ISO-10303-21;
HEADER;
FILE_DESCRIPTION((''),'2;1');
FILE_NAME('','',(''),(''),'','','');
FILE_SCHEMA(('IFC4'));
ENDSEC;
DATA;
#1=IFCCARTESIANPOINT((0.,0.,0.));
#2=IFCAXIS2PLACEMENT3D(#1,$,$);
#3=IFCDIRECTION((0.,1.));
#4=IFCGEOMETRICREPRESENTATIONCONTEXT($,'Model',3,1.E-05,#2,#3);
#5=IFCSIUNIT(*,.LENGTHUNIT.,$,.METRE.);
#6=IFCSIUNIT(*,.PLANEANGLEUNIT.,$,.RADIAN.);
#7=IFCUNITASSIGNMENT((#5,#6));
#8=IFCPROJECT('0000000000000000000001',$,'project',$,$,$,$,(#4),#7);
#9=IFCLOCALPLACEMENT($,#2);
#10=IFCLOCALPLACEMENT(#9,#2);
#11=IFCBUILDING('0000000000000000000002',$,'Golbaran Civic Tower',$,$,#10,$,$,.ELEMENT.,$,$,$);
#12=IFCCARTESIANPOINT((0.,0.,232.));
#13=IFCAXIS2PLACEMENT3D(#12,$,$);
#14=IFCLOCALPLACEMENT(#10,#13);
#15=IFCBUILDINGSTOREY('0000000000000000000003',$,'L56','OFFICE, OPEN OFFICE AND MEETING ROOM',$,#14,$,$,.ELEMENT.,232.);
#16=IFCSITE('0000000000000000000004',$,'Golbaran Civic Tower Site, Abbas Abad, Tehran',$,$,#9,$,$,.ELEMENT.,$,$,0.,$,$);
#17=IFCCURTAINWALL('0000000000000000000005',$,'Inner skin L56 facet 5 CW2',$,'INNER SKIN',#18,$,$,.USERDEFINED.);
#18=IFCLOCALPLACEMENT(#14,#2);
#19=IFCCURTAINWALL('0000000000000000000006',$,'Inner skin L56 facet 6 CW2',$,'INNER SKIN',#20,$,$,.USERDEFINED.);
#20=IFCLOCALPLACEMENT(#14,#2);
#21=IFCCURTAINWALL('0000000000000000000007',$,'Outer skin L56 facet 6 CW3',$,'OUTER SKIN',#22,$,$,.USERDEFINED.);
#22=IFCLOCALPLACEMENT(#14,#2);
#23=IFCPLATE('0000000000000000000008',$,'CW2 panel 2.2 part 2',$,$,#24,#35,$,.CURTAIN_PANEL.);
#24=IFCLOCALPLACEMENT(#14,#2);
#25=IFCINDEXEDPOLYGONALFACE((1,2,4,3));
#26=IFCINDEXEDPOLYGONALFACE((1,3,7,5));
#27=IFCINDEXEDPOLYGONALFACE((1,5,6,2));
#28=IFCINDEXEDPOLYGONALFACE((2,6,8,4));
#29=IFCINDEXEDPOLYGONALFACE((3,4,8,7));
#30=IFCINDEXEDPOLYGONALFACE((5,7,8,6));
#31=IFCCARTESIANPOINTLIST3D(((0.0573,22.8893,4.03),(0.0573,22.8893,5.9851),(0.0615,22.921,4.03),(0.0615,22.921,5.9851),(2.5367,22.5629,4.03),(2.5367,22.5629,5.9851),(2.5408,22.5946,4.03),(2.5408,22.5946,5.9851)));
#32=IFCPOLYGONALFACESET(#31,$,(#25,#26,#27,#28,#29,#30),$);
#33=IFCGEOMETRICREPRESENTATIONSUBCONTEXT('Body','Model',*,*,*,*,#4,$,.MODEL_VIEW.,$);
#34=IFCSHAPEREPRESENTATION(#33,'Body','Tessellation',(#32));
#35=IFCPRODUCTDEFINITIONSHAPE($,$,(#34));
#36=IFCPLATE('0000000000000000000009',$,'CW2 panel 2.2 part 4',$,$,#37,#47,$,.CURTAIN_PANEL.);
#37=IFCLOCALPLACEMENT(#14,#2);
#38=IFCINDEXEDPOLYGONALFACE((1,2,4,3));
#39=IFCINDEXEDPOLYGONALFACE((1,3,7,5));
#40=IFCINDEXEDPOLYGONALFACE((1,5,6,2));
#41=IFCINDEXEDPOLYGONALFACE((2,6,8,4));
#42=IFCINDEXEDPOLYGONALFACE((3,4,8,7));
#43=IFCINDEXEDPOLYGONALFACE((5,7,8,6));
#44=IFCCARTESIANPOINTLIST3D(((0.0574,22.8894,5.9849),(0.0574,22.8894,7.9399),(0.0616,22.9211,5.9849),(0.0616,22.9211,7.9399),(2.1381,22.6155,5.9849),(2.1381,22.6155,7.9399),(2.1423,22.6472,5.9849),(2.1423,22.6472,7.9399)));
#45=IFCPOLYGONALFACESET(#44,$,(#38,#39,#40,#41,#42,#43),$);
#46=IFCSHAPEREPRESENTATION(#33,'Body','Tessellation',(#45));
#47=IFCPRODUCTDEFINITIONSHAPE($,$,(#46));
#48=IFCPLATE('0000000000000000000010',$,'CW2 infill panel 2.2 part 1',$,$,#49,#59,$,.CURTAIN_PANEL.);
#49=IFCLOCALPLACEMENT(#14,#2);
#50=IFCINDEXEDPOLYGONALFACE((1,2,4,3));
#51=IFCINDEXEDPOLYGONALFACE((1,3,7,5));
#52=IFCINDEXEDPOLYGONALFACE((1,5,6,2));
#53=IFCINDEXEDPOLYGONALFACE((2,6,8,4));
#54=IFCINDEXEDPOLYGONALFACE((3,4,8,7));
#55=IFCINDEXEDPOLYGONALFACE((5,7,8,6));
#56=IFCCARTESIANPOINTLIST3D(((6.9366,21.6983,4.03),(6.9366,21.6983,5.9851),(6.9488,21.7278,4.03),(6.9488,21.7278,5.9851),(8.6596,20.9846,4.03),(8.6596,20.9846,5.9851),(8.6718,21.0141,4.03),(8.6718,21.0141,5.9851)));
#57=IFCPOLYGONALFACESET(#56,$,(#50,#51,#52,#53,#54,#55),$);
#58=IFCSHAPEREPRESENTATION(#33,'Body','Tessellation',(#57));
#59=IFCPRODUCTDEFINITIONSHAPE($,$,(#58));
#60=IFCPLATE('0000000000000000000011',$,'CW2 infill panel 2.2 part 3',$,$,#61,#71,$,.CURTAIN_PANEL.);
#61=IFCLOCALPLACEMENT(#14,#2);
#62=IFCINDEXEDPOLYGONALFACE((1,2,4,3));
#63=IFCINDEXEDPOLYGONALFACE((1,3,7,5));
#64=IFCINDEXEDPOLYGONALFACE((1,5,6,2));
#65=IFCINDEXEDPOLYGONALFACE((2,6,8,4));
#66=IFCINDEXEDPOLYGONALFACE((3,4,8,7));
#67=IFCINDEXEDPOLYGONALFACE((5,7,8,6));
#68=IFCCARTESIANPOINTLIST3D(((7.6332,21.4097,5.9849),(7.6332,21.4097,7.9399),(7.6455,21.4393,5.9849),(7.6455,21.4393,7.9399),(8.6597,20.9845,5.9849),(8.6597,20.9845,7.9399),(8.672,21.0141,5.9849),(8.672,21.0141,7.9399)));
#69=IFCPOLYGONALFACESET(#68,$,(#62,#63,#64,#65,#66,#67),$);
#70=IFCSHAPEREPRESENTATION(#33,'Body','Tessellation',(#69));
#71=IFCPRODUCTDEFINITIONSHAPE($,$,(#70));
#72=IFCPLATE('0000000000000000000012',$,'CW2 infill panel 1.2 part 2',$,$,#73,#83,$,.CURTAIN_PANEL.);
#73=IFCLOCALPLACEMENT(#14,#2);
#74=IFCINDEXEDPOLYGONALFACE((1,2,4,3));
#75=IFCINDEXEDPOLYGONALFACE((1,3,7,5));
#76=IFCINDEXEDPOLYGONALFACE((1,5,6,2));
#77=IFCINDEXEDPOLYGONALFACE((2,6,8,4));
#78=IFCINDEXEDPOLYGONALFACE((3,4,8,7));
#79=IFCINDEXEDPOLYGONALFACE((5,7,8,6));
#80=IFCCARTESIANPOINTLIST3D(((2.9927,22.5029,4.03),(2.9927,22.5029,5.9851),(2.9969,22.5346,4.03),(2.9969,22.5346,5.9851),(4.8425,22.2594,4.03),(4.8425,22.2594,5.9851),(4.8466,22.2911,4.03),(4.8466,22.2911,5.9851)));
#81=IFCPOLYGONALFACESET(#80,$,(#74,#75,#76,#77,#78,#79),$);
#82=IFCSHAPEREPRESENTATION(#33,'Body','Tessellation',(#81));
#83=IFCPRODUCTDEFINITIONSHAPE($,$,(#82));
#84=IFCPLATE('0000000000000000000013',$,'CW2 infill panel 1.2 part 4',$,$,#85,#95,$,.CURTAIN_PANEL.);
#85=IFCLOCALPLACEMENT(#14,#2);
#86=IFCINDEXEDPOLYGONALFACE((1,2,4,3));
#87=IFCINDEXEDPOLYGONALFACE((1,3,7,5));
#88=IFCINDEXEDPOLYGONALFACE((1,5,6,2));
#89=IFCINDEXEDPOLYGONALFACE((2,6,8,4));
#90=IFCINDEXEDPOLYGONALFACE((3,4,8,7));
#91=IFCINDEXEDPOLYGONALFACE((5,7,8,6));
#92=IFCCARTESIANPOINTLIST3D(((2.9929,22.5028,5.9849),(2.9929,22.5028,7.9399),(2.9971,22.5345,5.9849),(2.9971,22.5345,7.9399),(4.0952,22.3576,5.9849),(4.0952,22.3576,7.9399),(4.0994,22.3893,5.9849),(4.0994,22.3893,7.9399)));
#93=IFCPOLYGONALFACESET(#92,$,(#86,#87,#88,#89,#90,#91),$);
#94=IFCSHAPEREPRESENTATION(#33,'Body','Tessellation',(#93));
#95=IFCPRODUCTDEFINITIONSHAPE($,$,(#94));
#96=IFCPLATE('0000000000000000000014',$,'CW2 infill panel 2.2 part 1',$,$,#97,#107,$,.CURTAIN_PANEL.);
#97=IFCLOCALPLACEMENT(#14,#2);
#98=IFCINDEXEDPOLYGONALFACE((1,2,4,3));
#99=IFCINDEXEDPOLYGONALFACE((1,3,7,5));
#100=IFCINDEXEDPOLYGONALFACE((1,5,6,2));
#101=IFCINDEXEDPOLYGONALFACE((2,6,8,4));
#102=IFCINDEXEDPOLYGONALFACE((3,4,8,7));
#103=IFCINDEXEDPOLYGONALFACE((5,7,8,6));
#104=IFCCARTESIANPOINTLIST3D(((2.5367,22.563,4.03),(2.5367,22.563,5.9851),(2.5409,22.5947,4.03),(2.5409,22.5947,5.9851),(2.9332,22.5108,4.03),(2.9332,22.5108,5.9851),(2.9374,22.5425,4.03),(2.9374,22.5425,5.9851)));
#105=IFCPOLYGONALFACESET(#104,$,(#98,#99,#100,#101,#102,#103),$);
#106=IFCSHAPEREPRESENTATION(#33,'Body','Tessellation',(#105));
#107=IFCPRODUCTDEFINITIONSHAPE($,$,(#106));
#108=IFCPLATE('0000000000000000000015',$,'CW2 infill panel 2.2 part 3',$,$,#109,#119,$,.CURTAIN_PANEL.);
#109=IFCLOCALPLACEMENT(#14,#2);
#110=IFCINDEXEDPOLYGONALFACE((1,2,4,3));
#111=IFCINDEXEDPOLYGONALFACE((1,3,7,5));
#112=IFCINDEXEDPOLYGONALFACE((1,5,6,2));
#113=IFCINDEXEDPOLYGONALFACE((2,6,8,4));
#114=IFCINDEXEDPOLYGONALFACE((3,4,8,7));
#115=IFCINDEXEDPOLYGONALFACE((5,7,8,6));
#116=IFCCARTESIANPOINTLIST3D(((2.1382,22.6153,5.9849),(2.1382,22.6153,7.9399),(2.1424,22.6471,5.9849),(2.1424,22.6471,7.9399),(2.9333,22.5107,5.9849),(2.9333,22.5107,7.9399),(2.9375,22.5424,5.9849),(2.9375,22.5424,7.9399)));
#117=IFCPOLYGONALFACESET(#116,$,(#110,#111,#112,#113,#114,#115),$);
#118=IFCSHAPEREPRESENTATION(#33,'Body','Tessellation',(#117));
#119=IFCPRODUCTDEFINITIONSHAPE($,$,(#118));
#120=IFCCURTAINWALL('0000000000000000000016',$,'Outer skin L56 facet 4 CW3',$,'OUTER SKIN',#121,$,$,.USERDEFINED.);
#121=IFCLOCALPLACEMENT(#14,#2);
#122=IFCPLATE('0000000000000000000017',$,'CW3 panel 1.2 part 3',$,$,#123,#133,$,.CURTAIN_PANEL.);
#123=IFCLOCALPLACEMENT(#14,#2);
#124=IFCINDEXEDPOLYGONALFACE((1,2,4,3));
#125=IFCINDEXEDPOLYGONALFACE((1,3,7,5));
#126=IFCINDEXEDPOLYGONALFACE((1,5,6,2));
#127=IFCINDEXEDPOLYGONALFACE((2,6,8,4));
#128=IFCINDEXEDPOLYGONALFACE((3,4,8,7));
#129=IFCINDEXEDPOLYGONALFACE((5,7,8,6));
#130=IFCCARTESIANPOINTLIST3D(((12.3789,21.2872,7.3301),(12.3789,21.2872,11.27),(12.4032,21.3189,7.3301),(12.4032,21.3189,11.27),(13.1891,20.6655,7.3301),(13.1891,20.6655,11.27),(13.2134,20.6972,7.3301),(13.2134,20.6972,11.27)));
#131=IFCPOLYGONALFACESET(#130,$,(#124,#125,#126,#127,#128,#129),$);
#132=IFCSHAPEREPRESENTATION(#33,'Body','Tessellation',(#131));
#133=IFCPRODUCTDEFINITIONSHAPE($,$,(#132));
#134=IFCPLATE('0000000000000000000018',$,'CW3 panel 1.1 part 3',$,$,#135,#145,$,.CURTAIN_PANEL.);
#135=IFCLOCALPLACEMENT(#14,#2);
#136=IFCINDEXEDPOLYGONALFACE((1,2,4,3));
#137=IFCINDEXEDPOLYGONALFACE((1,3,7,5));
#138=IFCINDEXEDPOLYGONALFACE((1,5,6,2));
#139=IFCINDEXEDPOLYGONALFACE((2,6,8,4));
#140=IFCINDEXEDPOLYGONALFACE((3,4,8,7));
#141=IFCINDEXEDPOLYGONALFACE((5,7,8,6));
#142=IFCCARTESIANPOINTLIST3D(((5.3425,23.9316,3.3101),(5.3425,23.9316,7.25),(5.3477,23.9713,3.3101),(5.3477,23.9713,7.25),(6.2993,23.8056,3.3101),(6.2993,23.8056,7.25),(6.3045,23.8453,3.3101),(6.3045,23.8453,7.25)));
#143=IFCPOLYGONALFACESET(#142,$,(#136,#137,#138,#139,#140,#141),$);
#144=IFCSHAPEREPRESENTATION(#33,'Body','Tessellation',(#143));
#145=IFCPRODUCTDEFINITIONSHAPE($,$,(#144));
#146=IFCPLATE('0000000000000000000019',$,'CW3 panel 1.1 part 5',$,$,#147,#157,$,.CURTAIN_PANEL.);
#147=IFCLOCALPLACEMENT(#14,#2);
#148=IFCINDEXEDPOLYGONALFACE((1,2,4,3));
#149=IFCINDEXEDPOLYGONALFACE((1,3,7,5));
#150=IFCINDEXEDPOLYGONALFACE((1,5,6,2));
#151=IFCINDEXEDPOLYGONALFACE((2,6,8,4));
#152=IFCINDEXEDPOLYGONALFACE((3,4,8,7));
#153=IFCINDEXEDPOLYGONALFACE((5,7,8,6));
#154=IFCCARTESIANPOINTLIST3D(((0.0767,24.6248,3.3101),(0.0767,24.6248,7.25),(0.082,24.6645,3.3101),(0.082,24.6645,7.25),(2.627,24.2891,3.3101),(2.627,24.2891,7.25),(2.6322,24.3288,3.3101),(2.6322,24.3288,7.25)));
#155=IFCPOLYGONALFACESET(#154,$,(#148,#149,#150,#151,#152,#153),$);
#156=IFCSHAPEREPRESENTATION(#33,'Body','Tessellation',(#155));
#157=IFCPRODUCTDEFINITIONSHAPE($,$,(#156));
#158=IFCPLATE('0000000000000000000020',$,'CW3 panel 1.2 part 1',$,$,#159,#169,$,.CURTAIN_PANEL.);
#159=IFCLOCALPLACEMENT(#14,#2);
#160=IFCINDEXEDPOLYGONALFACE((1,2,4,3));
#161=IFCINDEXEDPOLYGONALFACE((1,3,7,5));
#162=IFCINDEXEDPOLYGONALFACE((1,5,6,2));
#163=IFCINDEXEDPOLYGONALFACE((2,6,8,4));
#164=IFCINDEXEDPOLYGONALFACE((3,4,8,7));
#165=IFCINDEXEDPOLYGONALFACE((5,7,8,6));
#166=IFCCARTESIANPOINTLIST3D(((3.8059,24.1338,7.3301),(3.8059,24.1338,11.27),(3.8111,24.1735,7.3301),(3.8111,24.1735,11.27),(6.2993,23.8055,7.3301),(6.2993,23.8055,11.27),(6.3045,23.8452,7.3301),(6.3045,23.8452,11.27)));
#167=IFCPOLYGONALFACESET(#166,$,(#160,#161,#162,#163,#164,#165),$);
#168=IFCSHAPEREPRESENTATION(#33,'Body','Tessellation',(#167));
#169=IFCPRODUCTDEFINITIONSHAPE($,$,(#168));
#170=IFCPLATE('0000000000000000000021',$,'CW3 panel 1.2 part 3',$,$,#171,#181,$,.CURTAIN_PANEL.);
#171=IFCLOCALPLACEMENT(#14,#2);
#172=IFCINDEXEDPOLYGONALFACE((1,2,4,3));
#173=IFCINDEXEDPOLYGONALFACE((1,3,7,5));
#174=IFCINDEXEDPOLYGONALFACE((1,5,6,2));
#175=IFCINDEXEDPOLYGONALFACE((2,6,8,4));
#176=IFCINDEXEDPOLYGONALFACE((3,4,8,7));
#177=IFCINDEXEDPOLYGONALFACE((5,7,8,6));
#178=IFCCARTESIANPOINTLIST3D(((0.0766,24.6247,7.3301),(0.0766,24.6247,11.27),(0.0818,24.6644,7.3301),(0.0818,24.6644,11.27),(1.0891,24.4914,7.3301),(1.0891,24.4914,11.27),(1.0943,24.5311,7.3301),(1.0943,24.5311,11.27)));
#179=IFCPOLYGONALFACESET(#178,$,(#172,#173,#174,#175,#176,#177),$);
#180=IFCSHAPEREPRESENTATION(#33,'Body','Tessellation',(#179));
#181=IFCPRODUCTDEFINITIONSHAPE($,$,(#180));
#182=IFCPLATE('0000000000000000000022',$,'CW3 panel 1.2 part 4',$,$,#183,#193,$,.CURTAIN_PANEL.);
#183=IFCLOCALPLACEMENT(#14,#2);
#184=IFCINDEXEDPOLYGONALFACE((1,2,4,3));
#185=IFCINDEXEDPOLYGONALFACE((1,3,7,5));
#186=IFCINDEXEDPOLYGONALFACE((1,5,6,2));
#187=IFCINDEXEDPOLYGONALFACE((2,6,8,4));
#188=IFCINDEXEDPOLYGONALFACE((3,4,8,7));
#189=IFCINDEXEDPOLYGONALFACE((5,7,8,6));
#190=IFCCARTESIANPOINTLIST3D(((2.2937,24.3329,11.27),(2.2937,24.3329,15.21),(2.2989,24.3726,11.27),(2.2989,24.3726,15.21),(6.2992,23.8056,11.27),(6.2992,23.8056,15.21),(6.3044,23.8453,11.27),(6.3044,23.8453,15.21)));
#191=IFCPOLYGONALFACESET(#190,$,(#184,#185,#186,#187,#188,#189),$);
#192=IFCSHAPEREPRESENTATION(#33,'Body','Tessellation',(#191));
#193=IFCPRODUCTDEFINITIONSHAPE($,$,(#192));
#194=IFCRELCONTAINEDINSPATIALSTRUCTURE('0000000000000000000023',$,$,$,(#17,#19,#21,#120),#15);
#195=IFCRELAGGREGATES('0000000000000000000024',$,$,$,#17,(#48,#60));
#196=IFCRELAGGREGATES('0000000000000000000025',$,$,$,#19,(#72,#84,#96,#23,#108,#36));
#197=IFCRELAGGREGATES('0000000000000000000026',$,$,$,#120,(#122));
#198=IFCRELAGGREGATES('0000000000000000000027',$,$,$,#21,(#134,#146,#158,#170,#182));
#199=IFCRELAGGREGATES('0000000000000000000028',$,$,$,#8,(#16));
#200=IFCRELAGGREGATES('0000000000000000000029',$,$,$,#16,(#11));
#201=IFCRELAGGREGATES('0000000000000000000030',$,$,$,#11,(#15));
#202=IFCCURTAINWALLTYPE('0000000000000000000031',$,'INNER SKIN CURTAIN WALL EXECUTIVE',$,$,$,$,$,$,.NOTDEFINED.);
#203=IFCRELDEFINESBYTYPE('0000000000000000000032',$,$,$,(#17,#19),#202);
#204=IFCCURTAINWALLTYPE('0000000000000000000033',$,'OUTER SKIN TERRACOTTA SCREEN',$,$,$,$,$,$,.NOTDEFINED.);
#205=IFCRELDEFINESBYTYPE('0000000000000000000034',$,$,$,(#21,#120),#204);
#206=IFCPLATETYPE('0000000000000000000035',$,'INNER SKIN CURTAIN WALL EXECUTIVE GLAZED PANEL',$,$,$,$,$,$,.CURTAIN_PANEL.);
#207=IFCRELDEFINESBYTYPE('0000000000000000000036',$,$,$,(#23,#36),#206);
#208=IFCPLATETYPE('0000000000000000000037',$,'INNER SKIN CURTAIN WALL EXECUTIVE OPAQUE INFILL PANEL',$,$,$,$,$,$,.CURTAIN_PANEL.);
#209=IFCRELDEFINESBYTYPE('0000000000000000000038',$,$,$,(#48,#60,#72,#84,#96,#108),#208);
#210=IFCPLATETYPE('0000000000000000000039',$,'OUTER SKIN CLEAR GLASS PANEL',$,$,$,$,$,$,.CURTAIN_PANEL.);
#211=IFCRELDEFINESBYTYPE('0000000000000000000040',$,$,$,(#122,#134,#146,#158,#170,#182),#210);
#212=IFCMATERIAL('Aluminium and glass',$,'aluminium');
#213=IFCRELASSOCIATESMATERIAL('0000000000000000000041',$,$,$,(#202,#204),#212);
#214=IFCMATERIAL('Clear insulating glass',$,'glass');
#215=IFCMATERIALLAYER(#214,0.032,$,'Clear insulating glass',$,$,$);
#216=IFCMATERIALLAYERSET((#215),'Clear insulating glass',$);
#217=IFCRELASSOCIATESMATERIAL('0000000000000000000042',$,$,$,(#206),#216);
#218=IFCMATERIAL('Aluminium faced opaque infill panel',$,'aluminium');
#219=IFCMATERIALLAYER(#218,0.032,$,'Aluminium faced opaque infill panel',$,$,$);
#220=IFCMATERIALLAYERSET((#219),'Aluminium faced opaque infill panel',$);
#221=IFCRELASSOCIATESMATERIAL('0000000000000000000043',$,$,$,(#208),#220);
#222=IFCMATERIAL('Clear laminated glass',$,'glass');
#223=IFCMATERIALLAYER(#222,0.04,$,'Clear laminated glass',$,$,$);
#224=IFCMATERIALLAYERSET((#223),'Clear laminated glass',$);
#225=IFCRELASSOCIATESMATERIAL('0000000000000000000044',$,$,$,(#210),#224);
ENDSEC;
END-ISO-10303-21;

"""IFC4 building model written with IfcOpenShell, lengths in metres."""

from ifc_helpers import new_model, si_unit, direction, frame, origin, origin_2d, place, context, subcontext, project, spatial, rectangle, extrude, material, layer, layer_set, type_object, element, aggregate, save


model = new_model("IFC4")

# Units and contexts
model_context = context("Model", 3, precision=1e-05, world=origin(), true_north=direction((0.0, 1.0)))
body_context = subcontext(model_context, "Body", "Model", "MODEL_VIEW")
ifc_project = project(units=[si_unit("LENGTHUNIT", "METRE"), si_unit("PLANEANGLEUNIT", "RADIAN")], contexts=[model_context])

# Site, building, storey
site_placement = place(None, origin())
site = spatial("IfcSite", under=ifc_project, at=site_placement, Name="Golbaran Civic Tower Site, Abbas Abad, Tehran", CompositionType="ELEMENT", RefElevation=0.0)
building_placement = place(site_placement, origin())
building = spatial("IfcBuilding", under=site, at=building_placement, Name="Golbaran Civic Tower", CompositionType="ELEMENT")
storey_placement = place(building_placement, frame((0.0, 0.0, 232.0)))
storey = spatial("IfcBuildingStorey", under=building, at=storey_placement, Name="L56", Description="OFFICE, OPEN OFFICE AND MEETING ROOM", CompositionType="ELEMENT", Elevation=232.0)

# Curtain walls
ifc_material_1 = material(Name="Aluminium and glass", Category="aluminium")
curtain_wall_type_1 = type_object("IfcCurtainWallType", Name="INNER SKIN CURTAIN WALL EXECUTIVE", PredefinedType="NOTDEFINED", material=ifc_material_1)
curtain_wall_1_placement = place(storey_placement, origin())
curtain_wall_1 = element("IfcCurtainWall", 1, at=curtain_wall_1_placement, inside=storey, type_object=curtain_wall_type_1, Name="Inner skin L56 facet 5 CW2", ObjectType="INNER SKIN", PredefinedType="USERDEFINED")
curtain_wall_2_placement = place(storey_placement, origin())
curtain_wall_2 = element("IfcCurtainWall", 2, at=curtain_wall_2_placement, inside=storey, type_object=curtain_wall_type_1, Name="Inner skin L56 facet 6 CW2", ObjectType="INNER SKIN", PredefinedType="USERDEFINED")
curtain_wall_type_2 = type_object("IfcCurtainWallType", Name="OUTER SKIN TERRACOTTA SCREEN", PredefinedType="NOTDEFINED", material=ifc_material_1)
curtain_wall_3_placement = place(storey_placement, origin())
curtain_wall_3 = element("IfcCurtainWall", 3, at=curtain_wall_3_placement, inside=storey, type_object=curtain_wall_type_2, Name="Outer skin L56 facet 6 CW3", ObjectType="OUTER SKIN", PredefinedType="USERDEFINED")

# Plates
ifc_material_2 = material(Name="Clear insulating glass", Category="glass")
ifc_layer_1 = layer(ifc_material_2, 0.032, Name="Clear insulating glass")
ifc_layer_set_1 = layer_set([ifc_layer_1], Name="Clear insulating glass")
plate_type_1 = type_object("IfcPlateType", Name="INNER SKIN CURTAIN WALL EXECUTIVE GLAZED PANEL", PredefinedType="CURTAIN_PANEL", material=ifc_layer_set_1)
plate_1_placement = place(storey_placement, frame((1.2991, 22.7419, 4.03), z_axis=(0.0, 0.0, 1.0), x_axis=(-0.991445, 0.130526, 0.0)))
plate_1 = element("IfcPlate", 4, at=plate_1_placement, type_object=plate_type_1, Name="CW2 panel 2.2 part 2", PredefinedType="CURTAIN_PANEL", context=body_context, shape_type="SweptSolid", body=[
    extrude(rectangle(XDim=2.5007, YDim=0.032, at=origin_2d()), origin(), (0.0, 0.0, 1.0), 1.9551),
])
plate_2_placement = place(storey_placement, frame((1.0999, 22.7683, 5.9849), z_axis=(0.0, 0.0, 1.0), x_axis=(-0.991445, 0.130526, 0.0)))
plate_2 = element("IfcPlate", 5, at=plate_2_placement, type_object=plate_type_1, Name="CW2 panel 2.2 part 4", PredefinedType="CURTAIN_PANEL", context=body_context, shape_type="SweptSolid", body=[
    extrude(rectangle(XDim=2.0986, YDim=0.032, at=origin_2d()), origin(), (0.0, 0.0, 1.0), 1.9551),
])
ifc_material_3 = material(Name="Aluminium faced opaque infill panel", Category="aluminium")
ifc_layer_2 = layer(ifc_material_3, 0.032, Name="Aluminium faced opaque infill panel")
ifc_layer_set_2 = layer_set([ifc_layer_2], Name="Aluminium faced opaque infill panel")
plate_type_2 = type_object("IfcPlateType", Name="INNER SKIN CURTAIN WALL EXECUTIVE OPAQUE INFILL PANEL", PredefinedType="CURTAIN_PANEL", material=ifc_layer_set_2)
plate_3_placement = place(storey_placement, frame((7.8042, 21.3562, 4.03), z_axis=(0.0, 0.0, 1.0), x_axis=(-0.92388, 0.382683, 0.0)))
plate_3 = element("IfcPlate", 6, at=plate_3_placement, type_object=plate_type_2, Name="CW2 infill panel 2.2 part 1", PredefinedType="CURTAIN_PANEL", context=body_context, shape_type="SweptSolid", body=[
    extrude(rectangle(XDim=1.865, YDim=0.032, at=origin_2d()), origin(), (0.0, 0.0, 1.0), 1.9551),
])
plate_4_placement = place(storey_placement, frame((8.1526, 21.2119, 5.9849), z_axis=(0.0, 0.0, 1.0), x_axis=(-0.92388, 0.382683, 0.0)))
plate_4 = element("IfcPlate", 7, at=plate_4_placement, type_object=plate_type_2, Name="CW2 infill panel 2.2 part 3", PredefinedType="CURTAIN_PANEL", context=body_context, shape_type="SweptSolid", body=[
    extrude(rectangle(XDim=1.1111, YDim=0.032, at=origin_2d()), origin(), (0.0, 0.0, 1.0), 1.9551),
])
aggregate(curtain_wall_1, [plate_3, plate_4])
plate_5_placement = place(storey_placement, frame((3.9197, 22.397, 4.03), z_axis=(0.0, 0.0, 1.0), x_axis=(-0.991445, 0.130526, 0.0)))
plate_5 = element("IfcPlate", 8, at=plate_5_placement, type_object=plate_type_2, Name="CW2 infill panel 1.2 part 2", PredefinedType="CURTAIN_PANEL", context=body_context, shape_type="SweptSolid", body=[
    extrude(rectangle(XDim=1.8657, YDim=0.032, at=origin_2d()), origin(), (0.0, 0.0, 1.0), 1.9551),
])
plate_6_placement = place(storey_placement, frame((3.5461, 22.446, 5.9849), z_axis=(0.0, 0.0, 1.0), x_axis=(-0.991445, 0.130526, 0.0)))
plate_6 = element("IfcPlate", 9, at=plate_6_placement, type_object=plate_type_2, Name="CW2 infill panel 1.2 part 4", PredefinedType="CURTAIN_PANEL", context=body_context, shape_type="SweptSolid", body=[
    extrude(rectangle(XDim=1.1118, YDim=0.032, at=origin_2d()), origin(), (0.0, 0.0, 1.0), 1.9551),
])
plate_7_placement = place(storey_placement, frame((2.7371, 22.5527, 4.03), z_axis=(0.0, 0.0, 1.0), x_axis=(-0.991445, 0.130526, 0.0)))
plate_7 = element("IfcPlate", 10, at=plate_7_placement, type_object=plate_type_2, Name="CW2 infill panel 2.2 part 1", PredefinedType="CURTAIN_PANEL", context=body_context, shape_type="SweptSolid", body=[
    extrude(rectangle(XDim=0.3999, YDim=0.032, at=origin_2d()), origin(), (0.0, 0.0, 1.0), 1.9551),
])
plate_8_placement = place(storey_placement, frame((2.5378, 22.5789, 5.9849), z_axis=(0.0, 0.0, 1.0), x_axis=(-0.991445, 0.130526, 0.0)))
plate_8 = element("IfcPlate", 11, at=plate_8_placement, type_object=plate_type_2, Name="CW2 infill panel 2.2 part 3", PredefinedType="CURTAIN_PANEL", context=body_context, shape_type="SweptSolid", body=[
    extrude(rectangle(XDim=0.802, YDim=0.032, at=origin_2d()), origin(), (0.0, 0.0, 1.0), 1.9551),
])
aggregate(curtain_wall_2, [plate_5, plate_6, plate_7, plate_1, plate_8, plate_2])

# Curtain wall, plate
curtain_wall_4_placement = place(storey_placement, origin())
curtain_wall_4 = element("IfcCurtainWall", 12, at=curtain_wall_4_placement, inside=storey, type_object=curtain_wall_type_2, Name="Outer skin L56 facet 4 CW3", ObjectType="OUTER SKIN", PredefinedType="USERDEFINED")
ifc_material_4 = material(Name="Clear laminated glass", Category="glass")
ifc_layer_3 = layer(ifc_material_4, 0.04, Name="Clear laminated glass")
ifc_layer_set_3 = layer_set([ifc_layer_3], Name="Clear laminated glass")
plate_type_3 = type_object("IfcPlateType", Name="OUTER SKIN CLEAR GLASS PANEL", PredefinedType="CURTAIN_PANEL", material=ifc_layer_set_3)
plate_9_placement = place(storey_placement, frame((12.7961, 20.9922, 7.3301), z_axis=(0.0, 0.0, 1.0), x_axis=(-0.793353, 0.608761, 0.0)))
plate_9 = element("IfcPlate", 13, at=plate_9_placement, type_object=plate_type_3, Name="CW3 panel 1.2 part 3", PredefinedType="CURTAIN_PANEL", context=body_context, shape_type="SweptSolid", body=[
    extrude(rectangle(XDim=1.0212, YDim=0.04, at=origin_2d()), origin(), (0.0, 0.0, 1.0), 3.9399),
])
aggregate(curtain_wall_4, [plate_9])

# Plates
plate_10_placement = place(storey_placement, frame((5.8235, 23.8884, 3.3101), z_axis=(0.0, 0.0, 1.0), x_axis=(-0.991445, 0.130526, 0.0)))
plate_10 = element("IfcPlate", 14, at=plate_10_placement, type_object=plate_type_3, Name="CW3 panel 1.1 part 3", PredefinedType="CURTAIN_PANEL", context=body_context, shape_type="SweptSolid", body=[
    extrude(rectangle(XDim=0.9651, YDim=0.04, at=origin_2d()), origin(), (0.0, 0.0, 1.0), 3.9399),
])
plate_11_placement = place(storey_placement, frame((1.3545, 24.4768, 3.3101), z_axis=(0.0, 0.0, 1.0), x_axis=(-0.991445, 0.130526, 0.0)))
plate_11 = element("IfcPlate", 15, at=plate_11_placement, type_object=plate_type_3, Name="CW3 panel 1.1 part 5", PredefinedType="CURTAIN_PANEL", context=body_context, shape_type="SweptSolid", body=[
    extrude(rectangle(XDim=2.5723, YDim=0.04, at=origin_2d()), origin(), (0.0, 0.0, 1.0), 3.9399),
])
plate_12_placement = place(storey_placement, frame((5.0552, 23.9895, 7.3301), z_axis=(0.0, 0.0, 1.0), x_axis=(-0.991445, 0.130526, 0.0)))
plate_12 = element("IfcPlate", 16, at=plate_12_placement, type_object=plate_type_3, Name="CW3 panel 1.2 part 1", PredefinedType="CURTAIN_PANEL", context=body_context, shape_type="SweptSolid", body=[
    extrude(rectangle(XDim=2.5149, YDim=0.04, at=origin_2d()), origin(), (0.0, 0.0, 1.0), 3.9399),
])
plate_13_placement = place(storey_placement, frame((0.5854, 24.5779, 7.3301), z_axis=(0.0, 0.0, 1.0), x_axis=(-0.991445, 0.130526, 0.0)))
plate_13 = element("IfcPlate", 17, at=plate_13_placement, type_object=plate_type_3, Name="CW3 panel 1.2 part 3", PredefinedType="CURTAIN_PANEL", context=body_context, shape_type="SweptSolid", body=[
    extrude(rectangle(XDim=1.0212, YDim=0.04, at=origin_2d()), origin(), (0.0, 0.0, 1.0), 3.9399),
])
plate_14_placement = place(storey_placement, frame((4.2991, 24.0891, 11.27), z_axis=(0.0, 0.0, 1.0), x_axis=(-0.991445, 0.130526, 0.0)))
plate_14 = element("IfcPlate", 18, at=plate_14_placement, type_object=plate_type_3, Name="CW3 panel 1.2 part 4", PredefinedType="CURTAIN_PANEL", context=body_context, shape_type="SweptSolid", body=[
    extrude(rectangle(XDim=4.04, YDim=0.04, at=origin_2d()), origin(), (0.0, 0.0, 1.0), 3.9399),
])
aggregate(curtain_wall_3, [plate_10, plate_11, plate_12, plate_13, plate_14])

save(model, "model.ifc")
